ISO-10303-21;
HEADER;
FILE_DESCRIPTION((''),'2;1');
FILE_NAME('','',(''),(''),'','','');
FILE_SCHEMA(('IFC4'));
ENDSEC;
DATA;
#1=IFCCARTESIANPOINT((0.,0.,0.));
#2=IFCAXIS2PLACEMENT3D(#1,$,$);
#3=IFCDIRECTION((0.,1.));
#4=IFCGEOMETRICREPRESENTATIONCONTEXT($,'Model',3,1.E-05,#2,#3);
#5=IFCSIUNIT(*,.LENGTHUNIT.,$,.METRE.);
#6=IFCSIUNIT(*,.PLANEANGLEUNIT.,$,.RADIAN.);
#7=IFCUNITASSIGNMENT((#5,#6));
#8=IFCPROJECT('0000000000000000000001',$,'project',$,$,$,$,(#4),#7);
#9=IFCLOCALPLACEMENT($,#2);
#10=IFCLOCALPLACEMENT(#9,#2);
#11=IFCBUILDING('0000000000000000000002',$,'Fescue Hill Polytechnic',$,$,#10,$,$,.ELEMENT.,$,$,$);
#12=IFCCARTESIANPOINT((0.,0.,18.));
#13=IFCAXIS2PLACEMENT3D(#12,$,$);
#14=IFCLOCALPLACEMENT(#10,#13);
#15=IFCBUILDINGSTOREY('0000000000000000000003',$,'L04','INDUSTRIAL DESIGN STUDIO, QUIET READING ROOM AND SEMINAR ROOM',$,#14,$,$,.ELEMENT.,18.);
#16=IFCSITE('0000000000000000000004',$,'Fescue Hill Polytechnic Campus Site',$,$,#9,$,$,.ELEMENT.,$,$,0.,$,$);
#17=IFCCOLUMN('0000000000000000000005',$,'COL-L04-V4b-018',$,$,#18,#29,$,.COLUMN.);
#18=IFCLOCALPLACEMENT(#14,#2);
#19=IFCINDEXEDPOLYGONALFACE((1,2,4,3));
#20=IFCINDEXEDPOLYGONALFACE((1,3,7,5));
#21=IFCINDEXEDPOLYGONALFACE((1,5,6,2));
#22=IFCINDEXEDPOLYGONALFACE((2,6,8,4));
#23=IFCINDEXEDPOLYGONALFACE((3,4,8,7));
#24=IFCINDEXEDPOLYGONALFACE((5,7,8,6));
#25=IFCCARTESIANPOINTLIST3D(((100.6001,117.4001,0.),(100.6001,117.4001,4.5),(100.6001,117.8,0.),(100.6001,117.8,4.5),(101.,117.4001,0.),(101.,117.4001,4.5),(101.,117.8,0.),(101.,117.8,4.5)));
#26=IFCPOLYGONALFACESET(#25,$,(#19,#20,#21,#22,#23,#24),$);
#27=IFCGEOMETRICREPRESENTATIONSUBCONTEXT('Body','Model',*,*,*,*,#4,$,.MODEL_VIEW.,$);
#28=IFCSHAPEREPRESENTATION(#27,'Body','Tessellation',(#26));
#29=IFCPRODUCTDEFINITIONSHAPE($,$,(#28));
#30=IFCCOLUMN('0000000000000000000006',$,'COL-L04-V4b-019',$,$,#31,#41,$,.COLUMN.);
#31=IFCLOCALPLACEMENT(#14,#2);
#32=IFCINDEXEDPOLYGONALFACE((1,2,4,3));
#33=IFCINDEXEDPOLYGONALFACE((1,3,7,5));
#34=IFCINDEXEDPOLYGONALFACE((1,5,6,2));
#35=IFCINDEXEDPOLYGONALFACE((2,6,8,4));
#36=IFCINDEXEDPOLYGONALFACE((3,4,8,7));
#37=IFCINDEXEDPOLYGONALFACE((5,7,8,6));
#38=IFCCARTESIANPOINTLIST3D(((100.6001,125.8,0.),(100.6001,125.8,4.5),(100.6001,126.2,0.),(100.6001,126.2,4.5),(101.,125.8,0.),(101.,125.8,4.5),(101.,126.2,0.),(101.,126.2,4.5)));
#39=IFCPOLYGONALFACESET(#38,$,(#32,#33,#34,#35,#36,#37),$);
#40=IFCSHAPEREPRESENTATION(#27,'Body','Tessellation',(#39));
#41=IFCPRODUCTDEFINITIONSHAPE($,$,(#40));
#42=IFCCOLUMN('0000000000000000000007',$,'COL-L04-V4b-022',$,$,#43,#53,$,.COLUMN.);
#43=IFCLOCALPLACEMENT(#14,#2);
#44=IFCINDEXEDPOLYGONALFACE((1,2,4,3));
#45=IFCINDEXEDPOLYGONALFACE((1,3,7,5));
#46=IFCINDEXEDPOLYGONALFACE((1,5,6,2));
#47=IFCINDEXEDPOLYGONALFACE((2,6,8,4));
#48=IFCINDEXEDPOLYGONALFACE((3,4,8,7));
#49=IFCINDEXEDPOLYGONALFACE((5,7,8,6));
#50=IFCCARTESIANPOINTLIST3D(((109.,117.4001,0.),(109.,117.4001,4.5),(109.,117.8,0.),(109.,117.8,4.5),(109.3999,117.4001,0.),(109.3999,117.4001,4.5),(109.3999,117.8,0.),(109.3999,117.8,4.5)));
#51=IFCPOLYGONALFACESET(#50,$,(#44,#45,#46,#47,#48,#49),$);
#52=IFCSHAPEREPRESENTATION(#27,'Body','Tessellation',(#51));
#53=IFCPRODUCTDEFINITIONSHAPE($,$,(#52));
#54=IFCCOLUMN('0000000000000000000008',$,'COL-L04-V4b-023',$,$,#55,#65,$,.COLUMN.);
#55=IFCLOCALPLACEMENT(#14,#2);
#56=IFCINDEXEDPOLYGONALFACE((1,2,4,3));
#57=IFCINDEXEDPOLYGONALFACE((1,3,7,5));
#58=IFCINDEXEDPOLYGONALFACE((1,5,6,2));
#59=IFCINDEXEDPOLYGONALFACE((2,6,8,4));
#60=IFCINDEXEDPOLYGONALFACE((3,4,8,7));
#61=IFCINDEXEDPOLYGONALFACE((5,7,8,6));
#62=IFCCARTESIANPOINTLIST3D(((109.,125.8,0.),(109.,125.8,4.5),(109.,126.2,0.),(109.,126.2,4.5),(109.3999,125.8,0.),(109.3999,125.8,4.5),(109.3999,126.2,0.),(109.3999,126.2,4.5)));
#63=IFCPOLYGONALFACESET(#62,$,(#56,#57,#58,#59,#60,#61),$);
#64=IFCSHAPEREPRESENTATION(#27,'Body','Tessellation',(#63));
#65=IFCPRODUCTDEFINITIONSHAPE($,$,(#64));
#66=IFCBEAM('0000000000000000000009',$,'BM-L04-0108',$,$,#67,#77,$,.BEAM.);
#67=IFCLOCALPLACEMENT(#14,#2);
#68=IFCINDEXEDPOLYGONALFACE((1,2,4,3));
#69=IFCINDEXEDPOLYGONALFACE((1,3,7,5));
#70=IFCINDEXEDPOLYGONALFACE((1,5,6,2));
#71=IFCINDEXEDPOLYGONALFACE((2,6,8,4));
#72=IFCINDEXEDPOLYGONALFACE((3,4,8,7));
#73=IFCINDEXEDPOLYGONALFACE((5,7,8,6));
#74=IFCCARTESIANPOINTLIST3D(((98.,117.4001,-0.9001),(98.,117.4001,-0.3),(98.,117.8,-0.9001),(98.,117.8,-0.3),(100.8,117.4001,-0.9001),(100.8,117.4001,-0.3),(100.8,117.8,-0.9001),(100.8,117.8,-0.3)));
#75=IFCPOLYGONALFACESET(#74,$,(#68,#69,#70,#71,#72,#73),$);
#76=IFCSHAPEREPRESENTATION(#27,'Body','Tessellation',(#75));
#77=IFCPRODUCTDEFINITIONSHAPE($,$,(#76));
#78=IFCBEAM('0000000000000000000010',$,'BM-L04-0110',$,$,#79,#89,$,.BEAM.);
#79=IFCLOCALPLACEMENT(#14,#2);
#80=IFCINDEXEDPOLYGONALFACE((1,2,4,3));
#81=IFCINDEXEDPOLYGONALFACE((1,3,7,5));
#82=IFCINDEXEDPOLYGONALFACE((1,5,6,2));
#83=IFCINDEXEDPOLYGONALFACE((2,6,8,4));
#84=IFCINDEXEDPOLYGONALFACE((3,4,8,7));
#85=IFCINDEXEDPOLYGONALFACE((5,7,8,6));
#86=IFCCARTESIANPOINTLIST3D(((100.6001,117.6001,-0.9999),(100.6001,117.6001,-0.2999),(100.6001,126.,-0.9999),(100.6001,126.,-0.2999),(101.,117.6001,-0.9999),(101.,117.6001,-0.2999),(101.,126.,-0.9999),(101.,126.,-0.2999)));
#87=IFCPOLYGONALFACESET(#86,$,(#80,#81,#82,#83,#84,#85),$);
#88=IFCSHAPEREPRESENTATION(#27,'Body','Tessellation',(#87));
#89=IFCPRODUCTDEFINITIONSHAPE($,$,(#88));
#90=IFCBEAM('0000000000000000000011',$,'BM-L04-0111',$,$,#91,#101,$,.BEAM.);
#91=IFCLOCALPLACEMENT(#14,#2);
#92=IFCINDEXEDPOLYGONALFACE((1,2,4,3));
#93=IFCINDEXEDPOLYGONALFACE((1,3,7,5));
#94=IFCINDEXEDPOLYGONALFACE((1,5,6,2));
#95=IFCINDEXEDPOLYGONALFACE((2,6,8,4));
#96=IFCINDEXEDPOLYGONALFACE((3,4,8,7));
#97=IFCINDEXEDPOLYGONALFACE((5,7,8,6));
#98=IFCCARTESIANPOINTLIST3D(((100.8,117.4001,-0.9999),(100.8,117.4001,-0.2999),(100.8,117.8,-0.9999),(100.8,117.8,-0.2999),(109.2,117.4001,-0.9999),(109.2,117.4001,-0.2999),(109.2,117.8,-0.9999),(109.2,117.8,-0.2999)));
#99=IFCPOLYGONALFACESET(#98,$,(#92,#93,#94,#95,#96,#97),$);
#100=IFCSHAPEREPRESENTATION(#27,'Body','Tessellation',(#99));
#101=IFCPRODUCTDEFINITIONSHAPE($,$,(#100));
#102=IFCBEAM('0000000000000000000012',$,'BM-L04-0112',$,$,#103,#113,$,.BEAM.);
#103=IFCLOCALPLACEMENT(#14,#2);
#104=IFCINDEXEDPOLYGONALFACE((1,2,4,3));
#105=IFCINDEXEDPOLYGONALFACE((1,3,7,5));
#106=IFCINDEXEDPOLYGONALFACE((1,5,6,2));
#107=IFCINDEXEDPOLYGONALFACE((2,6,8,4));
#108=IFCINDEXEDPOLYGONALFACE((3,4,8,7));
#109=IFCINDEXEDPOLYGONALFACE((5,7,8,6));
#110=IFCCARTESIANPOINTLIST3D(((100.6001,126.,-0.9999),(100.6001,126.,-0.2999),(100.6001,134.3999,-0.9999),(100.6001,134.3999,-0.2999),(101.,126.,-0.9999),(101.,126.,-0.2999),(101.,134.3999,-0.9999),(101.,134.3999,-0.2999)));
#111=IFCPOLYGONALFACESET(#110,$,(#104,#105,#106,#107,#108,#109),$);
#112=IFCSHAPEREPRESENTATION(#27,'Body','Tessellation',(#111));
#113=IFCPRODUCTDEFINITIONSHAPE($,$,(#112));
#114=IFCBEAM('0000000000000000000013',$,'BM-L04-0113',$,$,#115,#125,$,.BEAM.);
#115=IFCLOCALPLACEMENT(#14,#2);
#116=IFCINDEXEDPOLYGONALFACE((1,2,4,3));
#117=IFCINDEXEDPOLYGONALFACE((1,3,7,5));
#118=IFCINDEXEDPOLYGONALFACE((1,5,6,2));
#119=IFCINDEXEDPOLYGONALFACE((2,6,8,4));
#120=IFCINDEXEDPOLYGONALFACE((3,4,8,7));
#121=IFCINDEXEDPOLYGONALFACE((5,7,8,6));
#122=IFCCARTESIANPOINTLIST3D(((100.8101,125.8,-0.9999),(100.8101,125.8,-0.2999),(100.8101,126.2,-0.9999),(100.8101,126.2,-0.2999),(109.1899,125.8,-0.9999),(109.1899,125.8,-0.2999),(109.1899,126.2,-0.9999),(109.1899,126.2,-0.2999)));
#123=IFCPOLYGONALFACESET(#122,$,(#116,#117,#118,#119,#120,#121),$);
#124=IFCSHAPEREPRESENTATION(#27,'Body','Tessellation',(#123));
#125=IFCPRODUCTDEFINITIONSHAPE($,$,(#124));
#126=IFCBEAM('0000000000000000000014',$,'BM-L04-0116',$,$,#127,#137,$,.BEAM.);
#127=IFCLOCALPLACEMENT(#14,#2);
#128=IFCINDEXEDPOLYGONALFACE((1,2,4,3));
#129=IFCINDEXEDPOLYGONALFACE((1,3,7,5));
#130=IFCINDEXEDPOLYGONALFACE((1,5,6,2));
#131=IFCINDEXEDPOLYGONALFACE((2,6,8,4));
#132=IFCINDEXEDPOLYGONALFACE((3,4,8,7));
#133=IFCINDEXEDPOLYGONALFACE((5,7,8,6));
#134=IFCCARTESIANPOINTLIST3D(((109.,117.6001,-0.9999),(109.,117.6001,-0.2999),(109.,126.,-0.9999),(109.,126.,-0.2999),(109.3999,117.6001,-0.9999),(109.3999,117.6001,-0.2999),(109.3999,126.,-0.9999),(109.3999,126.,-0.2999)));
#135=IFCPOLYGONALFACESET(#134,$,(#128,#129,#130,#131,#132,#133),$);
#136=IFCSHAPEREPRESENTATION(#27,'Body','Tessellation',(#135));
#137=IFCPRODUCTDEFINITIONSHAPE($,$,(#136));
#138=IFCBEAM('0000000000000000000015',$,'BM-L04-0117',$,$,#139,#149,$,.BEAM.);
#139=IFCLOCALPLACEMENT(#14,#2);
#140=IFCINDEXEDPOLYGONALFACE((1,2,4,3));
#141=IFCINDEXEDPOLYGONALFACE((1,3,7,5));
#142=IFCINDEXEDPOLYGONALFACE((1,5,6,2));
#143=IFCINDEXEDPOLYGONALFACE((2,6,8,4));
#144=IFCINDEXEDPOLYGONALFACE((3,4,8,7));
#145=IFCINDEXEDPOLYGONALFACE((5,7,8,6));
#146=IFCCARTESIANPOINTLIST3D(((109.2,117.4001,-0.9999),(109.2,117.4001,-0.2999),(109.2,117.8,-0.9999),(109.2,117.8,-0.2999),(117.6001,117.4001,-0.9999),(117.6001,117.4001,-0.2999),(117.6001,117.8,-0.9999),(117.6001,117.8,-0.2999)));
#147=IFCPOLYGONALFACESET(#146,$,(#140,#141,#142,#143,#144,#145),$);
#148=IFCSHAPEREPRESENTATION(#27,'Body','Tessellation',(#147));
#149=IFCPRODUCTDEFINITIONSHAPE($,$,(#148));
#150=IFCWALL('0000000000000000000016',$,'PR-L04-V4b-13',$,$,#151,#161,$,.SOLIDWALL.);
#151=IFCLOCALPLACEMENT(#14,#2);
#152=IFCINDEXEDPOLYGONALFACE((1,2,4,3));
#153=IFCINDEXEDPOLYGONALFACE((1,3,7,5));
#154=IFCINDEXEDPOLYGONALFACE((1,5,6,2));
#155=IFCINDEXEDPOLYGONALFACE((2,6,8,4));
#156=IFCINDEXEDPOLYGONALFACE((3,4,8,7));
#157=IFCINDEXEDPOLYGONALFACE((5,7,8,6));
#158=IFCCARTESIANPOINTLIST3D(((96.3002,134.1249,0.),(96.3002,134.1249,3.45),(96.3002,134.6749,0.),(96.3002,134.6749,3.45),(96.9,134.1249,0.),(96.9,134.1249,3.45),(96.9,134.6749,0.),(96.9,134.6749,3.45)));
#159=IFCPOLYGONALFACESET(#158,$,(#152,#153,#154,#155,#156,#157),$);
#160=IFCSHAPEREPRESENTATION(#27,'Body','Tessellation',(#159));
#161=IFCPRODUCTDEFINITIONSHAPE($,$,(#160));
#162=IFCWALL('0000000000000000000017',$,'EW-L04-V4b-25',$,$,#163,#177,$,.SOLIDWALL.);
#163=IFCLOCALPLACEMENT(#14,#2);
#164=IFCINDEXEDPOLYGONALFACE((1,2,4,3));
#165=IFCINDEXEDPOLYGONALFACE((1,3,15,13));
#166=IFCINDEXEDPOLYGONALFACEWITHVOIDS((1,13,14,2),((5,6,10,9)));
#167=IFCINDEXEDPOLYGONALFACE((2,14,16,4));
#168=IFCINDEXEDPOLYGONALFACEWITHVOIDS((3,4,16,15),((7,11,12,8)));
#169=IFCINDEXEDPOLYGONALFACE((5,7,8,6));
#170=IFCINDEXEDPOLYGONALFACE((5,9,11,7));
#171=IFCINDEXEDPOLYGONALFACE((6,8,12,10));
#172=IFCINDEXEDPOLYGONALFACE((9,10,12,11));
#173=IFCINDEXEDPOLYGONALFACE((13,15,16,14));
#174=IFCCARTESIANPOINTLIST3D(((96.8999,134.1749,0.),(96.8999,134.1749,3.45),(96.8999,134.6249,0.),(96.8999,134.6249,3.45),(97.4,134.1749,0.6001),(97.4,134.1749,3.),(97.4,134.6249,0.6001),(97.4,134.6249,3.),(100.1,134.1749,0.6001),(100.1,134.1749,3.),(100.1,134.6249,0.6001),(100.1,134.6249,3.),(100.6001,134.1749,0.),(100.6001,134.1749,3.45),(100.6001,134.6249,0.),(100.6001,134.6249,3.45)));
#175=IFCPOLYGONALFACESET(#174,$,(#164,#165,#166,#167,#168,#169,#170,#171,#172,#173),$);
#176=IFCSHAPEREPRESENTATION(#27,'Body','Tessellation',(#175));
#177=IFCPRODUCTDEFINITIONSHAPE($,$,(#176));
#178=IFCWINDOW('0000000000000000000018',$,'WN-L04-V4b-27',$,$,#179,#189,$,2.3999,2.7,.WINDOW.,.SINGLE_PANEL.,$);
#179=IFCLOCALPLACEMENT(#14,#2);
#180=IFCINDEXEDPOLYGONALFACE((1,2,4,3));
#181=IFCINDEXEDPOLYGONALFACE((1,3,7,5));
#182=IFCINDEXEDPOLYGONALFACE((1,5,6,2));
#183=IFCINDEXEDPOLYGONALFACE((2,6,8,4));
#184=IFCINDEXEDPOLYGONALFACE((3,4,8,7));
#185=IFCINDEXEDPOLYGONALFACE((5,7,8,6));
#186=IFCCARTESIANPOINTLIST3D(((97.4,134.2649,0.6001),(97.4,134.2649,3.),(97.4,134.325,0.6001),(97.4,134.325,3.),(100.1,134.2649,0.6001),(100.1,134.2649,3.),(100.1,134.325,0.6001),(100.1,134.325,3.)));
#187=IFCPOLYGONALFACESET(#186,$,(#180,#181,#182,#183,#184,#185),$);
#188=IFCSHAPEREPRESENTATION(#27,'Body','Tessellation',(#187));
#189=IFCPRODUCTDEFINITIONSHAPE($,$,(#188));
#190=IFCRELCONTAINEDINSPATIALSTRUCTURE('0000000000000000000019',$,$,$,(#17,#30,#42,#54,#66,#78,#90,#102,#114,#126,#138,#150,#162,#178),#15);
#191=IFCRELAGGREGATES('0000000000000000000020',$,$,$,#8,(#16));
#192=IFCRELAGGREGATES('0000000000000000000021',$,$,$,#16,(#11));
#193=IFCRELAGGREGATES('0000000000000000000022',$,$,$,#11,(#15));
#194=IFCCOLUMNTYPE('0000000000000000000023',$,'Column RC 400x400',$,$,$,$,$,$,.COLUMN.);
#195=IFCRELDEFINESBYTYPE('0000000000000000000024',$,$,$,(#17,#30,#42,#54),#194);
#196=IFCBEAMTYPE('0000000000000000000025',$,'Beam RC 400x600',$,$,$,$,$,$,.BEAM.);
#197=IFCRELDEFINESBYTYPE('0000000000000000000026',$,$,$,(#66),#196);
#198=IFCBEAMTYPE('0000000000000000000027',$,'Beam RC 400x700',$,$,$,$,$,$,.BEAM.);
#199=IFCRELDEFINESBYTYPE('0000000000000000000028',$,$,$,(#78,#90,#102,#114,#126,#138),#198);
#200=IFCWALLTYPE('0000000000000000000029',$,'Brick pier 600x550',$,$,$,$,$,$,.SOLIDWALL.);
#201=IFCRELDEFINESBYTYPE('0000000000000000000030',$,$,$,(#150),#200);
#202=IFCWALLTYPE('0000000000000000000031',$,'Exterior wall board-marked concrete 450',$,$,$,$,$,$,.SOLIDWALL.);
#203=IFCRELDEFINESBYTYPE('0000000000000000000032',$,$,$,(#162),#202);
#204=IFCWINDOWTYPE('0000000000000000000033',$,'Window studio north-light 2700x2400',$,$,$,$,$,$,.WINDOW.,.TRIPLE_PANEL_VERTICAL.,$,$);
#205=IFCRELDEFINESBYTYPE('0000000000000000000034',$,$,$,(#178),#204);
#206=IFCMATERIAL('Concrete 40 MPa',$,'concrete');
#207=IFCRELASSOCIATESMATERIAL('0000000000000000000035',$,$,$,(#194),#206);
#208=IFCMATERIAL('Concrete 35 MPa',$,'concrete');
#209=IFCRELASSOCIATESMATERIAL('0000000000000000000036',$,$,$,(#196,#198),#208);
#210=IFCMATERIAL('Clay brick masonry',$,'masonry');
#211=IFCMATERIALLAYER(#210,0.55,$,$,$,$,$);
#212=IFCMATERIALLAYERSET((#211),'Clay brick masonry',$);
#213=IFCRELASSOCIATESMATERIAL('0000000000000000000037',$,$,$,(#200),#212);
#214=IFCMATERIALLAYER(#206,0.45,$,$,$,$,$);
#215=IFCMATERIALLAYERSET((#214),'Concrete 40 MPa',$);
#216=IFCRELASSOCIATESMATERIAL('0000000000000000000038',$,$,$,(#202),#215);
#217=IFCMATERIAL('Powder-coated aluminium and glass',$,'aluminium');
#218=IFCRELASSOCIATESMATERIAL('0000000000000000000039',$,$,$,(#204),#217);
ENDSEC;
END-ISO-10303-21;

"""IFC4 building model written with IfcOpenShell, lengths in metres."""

from ifc_helpers import new_model, si_unit, direction, frame, frame_2d, origin, origin_2d, place, context, subcontext, project, spatial, rectangle, extrude, material, layer, layer_set, material_profile, profile_set, type_object, element, fill, save


model = new_model("IFC4")

# Units and contexts
model_context = context("Model", 3, precision=1e-05, world=origin(), true_north=direction((0.0, 1.0)))
body_context = subcontext(model_context, "Body", "Model", "MODEL_VIEW")
ifc_project = project(units=[si_unit("LENGTHUNIT", "METRE"), si_unit("PLANEANGLEUNIT", "RADIAN")], contexts=[model_context])

# Site, building, storey
site_placement = place(None, origin())
site = spatial("IfcSite", under=ifc_project, at=site_placement, Name="Fescue Hill Polytechnic Campus Site", CompositionType="ELEMENT", RefElevation=0.0)
building_placement = place(site_placement, origin())
building = spatial("IfcBuilding", under=site, at=building_placement, Name="Fescue Hill Polytechnic", CompositionType="ELEMENT")
storey_placement = place(building_placement, frame((0.0, 0.0, 18.0)))
storey = spatial("IfcBuildingStorey", under=building, at=storey_placement, Name="L04", Description="INDUSTRIAL DESIGN STUDIO, QUIET READING ROOM AND SEMINAR ROOM", CompositionType="ELEMENT", Elevation=18.0)

# Columns
ifc_material_1 = material(Name="Concrete 40 MPa", Category="concrete")
ifc_material_profile_1 = material_profile(ifc_material_1, rectangle(XDim=0.3999, YDim=0.3999, at=origin_2d()), Name="RC 400x400")
ifc_profile_set_1 = profile_set([ifc_material_profile_1], Name="Concrete 40 MPa")
column_type = type_object("IfcColumnType", Name="Column RC 400x400", PredefinedType="COLUMN", material=ifc_profile_set_1)
for number, where, z_axis, x_axis, name in (
    (1, (100.8, 117.6001, 0.0), (0.0, 0.0, 1.0), (1.0, 0.0, 0.0), "COL-L04-V4b-018"),
    (2, (100.8, 126.0, 0.0), (0.0, 0.0, 1.0), (1.0, 0.0, 0.0), "COL-L04-V4b-019"),
    (3, (109.2, 117.6001, 0.0), (0.0, 0.0, 1.0), (1.0, 0.0, 0.0), "COL-L04-V4b-022"),
    (4, (109.2, 126.0, 0.0), (0.0, 0.0, 1.0), (1.0, 0.0, 0.0), "COL-L04-V4b-023"),
):
    element("IfcColumn", number, at=place(storey_placement, frame(where, z_axis=z_axis, x_axis=x_axis)), inside=storey, type_object=column_type, Name=name, PredefinedType="COLUMN", context=body_context, shape_type="SweptSolid", body=[
        extrude(rectangle(XDim=0.3999, YDim=0.3999, at=origin_2d()), origin(), (0.0, 0.0, 1.0), 4.5),
    ])

# Beams
ifc_material_2 = material(Name="Concrete 35 MPa", Category="concrete")
ifc_material_profile_2 = material_profile(ifc_material_2, rectangle(XDim=0.3999, YDim=0.6001, at=origin_2d()), Name="RC 400x600")
ifc_profile_set_2 = profile_set([ifc_material_profile_2], Name="Concrete 35 MPa")
beam_type_1 = type_object("IfcBeamType", Name="Beam RC 400x600", PredefinedType="BEAM", material=ifc_profile_set_2)
beam_1_placement = place(storey_placement, frame((98.0, 117.6001, -0.6001), z_axis=(1.0, 0.0, 0.0), x_axis=(0.0, 1.0, 0.0)))
element("IfcBeam", 5, at=beam_1_placement, inside=storey, type_object=beam_type_1, Name="BM-L04-0108", PredefinedType="BEAM", context=body_context, shape_type="SweptSolid", body=[
    extrude(rectangle(XDim=0.3999, YDim=0.6001, at=origin_2d()), origin(), (0.0, 0.0, 1.0), 2.8),
])
ifc_material_profile_3 = material_profile(ifc_material_2, rectangle(XDim=0.3999, YDim=0.7, at=origin_2d()), Name="RC 400x700")
ifc_profile_set_3 = profile_set([ifc_material_profile_3], Name="Concrete 35 MPa")
beam_type_2 = type_object("IfcBeamType", Name="Beam RC 400x700", PredefinedType="BEAM", material=ifc_profile_set_3)
for number, where, z_axis, x_axis, name in (
    (6, (100.8, 117.6001, -0.6499), (0.0, 1.0, 0.0), (-1.0, 0.0, 0.0), "BM-L04-0110"),
    (7, (100.8, 117.6001, -0.6499), (1.0, 0.0, 0.0), (0.0, 1.0, 0.0), "BM-L04-0111"),
    (8, (100.8, 126.0, -0.6499), (0.0, 1.0, 0.0), (-1.0, 0.0, 0.0), "BM-L04-0112"),
):
    element("IfcBeam", number, at=place(storey_placement, frame(where, z_axis=z_axis, x_axis=x_axis)), inside=storey, type_object=beam_type_2, Name=name, PredefinedType="BEAM", context=body_context, shape_type="SweptSolid", body=[
        extrude(rectangle(XDim=0.3999, YDim=0.7, at=origin_2d()), origin(), (0.0, 0.0, 1.0), 8.3999),
    ])
beam_2_placement = place(storey_placement, frame((100.8101, 126.0, -0.6499), z_axis=(1.0, 0.0, 0.0), x_axis=(0.0, 1.0, 0.0)))
element("IfcBeam", 9, at=beam_2_placement, inside=storey, type_object=beam_type_2, Name="BM-L04-0113", PredefinedType="BEAM", context=body_context, shape_type="SweptSolid", body=[
    extrude(rectangle(XDim=0.3999, YDim=0.7, at=origin_2d()), origin(), (0.0, 0.0, 1.0), 8.3799),
])
beam_3_placement = place(storey_placement, frame((109.2, 117.6001, -0.6499), z_axis=(0.0, 1.0, 0.0), x_axis=(-1.0, 0.0, 0.0)))
element("IfcBeam", 10, at=beam_3_placement, inside=storey, type_object=beam_type_2, Name="BM-L04-0116", PredefinedType="BEAM", context=body_context, shape_type="SweptSolid", body=[
    extrude(rectangle(XDim=0.3999, YDim=0.7, at=origin_2d()), origin(), (0.0, 0.0, 1.0), 8.3999),
])
beam_4_placement = place(storey_placement, frame((109.2, 117.6001, -0.6499), z_axis=(1.0, 0.0, 0.0), x_axis=(0.0, 1.0, 0.0)))
element("IfcBeam", 11, at=beam_4_placement, inside=storey, type_object=beam_type_2, Name="BM-L04-0117", PredefinedType="BEAM", context=body_context, shape_type="SweptSolid", body=[
    extrude(rectangle(XDim=0.3999, YDim=0.7, at=origin_2d()), origin(), (0.0, 0.0, 1.0), 8.4001),
])

# Wall
ifc_material_3 = material(Name="Clay brick masonry", Category="masonry")
ifc_layer_1 = layer(ifc_material_3, 0.55)
ifc_layer_set_1 = layer_set([ifc_layer_1], Name="Clay brick masonry")
wall_type_1 = type_object("IfcWallType", Name="Brick pier 600x550", PredefinedType="SOLIDWALL", material=ifc_layer_set_1)
wall_1_placement = place(storey_placement, frame((96.8999, 134.3999, 0.0), z_axis=(0.0, 0.0, 1.0), x_axis=(-1.0, 0.0, 0.0)))
element("IfcWall", 12, at=wall_1_placement, inside=storey, type_object=wall_type_1, Name="PR-L04-V4b-13", PredefinedType="SOLIDWALL", context=body_context, shape_type="SweptSolid", body=[
    extrude(rectangle(XDim=0.5999, YDim=0.55, at=frame_2d((0.2998, 0.0))), origin(), (0.0, 0.0, 1.0), 3.45),
])

# Wall, opening, window
ifc_layer_2 = layer(ifc_material_1, 0.45)
ifc_layer_set_2 = layer_set([ifc_layer_2], Name="Concrete 40 MPa")
wall_type_2 = type_object("IfcWallType", Name="Exterior wall board-marked concrete 450", PredefinedType="SOLIDWALL", material=ifc_layer_set_2)
wall_2_placement = place(storey_placement, frame((100.6001, 134.3999, 0.0), z_axis=(0.0, 0.0, 1.0), x_axis=(-1.0, 0.0, 0.0)))
wall_2 = element("IfcWall", 13, at=wall_2_placement, inside=storey, type_object=wall_type_2, Name="EW-L04-V4b-25", PredefinedType="SOLIDWALL", context=body_context, shape_type="SweptSolid", body=[
    extrude(rectangle(XDim=3.7002, YDim=0.45, at=frame_2d((1.8501, 0.0))), origin(), (0.0, 0.0, 1.0), 3.45),
])
opening_1_placement = place(wall_2_placement, frame((0.5, 0.0, 0.6001)))
opening_1 = element("IfcOpeningElement", 14, at=opening_1_placement, cuts=wall_2, PredefinedType="OPENING", context=body_context, shape_type="SweptSolid", body=[
    extrude(rectangle(XDim=2.7, YDim=2.3999, at=frame_2d((1.3501, 1.2))), frame((0.0, 0.2349, 0.0), z_axis=(0.0, -1.0, 0.0), x_axis=(1.0, 0.0, 0.0)), (0.0, 0.0, 1.0), 0.47),
])
ifc_material_4 = material(Name="Powder-coated aluminium and glass", Category="aluminium")
window_type = type_object("IfcWindowType", Name="Window studio north-light 2700x2400", PartitioningType="TRIPLE_PANEL_VERTICAL", PredefinedType="WINDOW", material=ifc_material_4)
window_placement = place(opening_1_placement, origin())
window = element("IfcWindow", 15, at=window_placement, inside=storey, type_object=window_type, Name="WN-L04-V4b-27", OverallHeight=2.3999, OverallWidth=2.7, PartitioningType="SINGLE_PANEL", PredefinedType="WINDOW", context=body_context, shape_type="SweptSolid", body=[
    extrude(rectangle(XDim=2.7, YDim=2.3999, at=frame_2d((1.3501, 1.2))), frame((0.0, 0.135, 0.0), z_axis=(0.0, -1.0, 0.0), x_axis=(1.0, 0.0, 0.0)), (0.0, 0.0, 1.0), 0.0601),
])
fill(opening_1, window)

save(model, "model.ifc")
